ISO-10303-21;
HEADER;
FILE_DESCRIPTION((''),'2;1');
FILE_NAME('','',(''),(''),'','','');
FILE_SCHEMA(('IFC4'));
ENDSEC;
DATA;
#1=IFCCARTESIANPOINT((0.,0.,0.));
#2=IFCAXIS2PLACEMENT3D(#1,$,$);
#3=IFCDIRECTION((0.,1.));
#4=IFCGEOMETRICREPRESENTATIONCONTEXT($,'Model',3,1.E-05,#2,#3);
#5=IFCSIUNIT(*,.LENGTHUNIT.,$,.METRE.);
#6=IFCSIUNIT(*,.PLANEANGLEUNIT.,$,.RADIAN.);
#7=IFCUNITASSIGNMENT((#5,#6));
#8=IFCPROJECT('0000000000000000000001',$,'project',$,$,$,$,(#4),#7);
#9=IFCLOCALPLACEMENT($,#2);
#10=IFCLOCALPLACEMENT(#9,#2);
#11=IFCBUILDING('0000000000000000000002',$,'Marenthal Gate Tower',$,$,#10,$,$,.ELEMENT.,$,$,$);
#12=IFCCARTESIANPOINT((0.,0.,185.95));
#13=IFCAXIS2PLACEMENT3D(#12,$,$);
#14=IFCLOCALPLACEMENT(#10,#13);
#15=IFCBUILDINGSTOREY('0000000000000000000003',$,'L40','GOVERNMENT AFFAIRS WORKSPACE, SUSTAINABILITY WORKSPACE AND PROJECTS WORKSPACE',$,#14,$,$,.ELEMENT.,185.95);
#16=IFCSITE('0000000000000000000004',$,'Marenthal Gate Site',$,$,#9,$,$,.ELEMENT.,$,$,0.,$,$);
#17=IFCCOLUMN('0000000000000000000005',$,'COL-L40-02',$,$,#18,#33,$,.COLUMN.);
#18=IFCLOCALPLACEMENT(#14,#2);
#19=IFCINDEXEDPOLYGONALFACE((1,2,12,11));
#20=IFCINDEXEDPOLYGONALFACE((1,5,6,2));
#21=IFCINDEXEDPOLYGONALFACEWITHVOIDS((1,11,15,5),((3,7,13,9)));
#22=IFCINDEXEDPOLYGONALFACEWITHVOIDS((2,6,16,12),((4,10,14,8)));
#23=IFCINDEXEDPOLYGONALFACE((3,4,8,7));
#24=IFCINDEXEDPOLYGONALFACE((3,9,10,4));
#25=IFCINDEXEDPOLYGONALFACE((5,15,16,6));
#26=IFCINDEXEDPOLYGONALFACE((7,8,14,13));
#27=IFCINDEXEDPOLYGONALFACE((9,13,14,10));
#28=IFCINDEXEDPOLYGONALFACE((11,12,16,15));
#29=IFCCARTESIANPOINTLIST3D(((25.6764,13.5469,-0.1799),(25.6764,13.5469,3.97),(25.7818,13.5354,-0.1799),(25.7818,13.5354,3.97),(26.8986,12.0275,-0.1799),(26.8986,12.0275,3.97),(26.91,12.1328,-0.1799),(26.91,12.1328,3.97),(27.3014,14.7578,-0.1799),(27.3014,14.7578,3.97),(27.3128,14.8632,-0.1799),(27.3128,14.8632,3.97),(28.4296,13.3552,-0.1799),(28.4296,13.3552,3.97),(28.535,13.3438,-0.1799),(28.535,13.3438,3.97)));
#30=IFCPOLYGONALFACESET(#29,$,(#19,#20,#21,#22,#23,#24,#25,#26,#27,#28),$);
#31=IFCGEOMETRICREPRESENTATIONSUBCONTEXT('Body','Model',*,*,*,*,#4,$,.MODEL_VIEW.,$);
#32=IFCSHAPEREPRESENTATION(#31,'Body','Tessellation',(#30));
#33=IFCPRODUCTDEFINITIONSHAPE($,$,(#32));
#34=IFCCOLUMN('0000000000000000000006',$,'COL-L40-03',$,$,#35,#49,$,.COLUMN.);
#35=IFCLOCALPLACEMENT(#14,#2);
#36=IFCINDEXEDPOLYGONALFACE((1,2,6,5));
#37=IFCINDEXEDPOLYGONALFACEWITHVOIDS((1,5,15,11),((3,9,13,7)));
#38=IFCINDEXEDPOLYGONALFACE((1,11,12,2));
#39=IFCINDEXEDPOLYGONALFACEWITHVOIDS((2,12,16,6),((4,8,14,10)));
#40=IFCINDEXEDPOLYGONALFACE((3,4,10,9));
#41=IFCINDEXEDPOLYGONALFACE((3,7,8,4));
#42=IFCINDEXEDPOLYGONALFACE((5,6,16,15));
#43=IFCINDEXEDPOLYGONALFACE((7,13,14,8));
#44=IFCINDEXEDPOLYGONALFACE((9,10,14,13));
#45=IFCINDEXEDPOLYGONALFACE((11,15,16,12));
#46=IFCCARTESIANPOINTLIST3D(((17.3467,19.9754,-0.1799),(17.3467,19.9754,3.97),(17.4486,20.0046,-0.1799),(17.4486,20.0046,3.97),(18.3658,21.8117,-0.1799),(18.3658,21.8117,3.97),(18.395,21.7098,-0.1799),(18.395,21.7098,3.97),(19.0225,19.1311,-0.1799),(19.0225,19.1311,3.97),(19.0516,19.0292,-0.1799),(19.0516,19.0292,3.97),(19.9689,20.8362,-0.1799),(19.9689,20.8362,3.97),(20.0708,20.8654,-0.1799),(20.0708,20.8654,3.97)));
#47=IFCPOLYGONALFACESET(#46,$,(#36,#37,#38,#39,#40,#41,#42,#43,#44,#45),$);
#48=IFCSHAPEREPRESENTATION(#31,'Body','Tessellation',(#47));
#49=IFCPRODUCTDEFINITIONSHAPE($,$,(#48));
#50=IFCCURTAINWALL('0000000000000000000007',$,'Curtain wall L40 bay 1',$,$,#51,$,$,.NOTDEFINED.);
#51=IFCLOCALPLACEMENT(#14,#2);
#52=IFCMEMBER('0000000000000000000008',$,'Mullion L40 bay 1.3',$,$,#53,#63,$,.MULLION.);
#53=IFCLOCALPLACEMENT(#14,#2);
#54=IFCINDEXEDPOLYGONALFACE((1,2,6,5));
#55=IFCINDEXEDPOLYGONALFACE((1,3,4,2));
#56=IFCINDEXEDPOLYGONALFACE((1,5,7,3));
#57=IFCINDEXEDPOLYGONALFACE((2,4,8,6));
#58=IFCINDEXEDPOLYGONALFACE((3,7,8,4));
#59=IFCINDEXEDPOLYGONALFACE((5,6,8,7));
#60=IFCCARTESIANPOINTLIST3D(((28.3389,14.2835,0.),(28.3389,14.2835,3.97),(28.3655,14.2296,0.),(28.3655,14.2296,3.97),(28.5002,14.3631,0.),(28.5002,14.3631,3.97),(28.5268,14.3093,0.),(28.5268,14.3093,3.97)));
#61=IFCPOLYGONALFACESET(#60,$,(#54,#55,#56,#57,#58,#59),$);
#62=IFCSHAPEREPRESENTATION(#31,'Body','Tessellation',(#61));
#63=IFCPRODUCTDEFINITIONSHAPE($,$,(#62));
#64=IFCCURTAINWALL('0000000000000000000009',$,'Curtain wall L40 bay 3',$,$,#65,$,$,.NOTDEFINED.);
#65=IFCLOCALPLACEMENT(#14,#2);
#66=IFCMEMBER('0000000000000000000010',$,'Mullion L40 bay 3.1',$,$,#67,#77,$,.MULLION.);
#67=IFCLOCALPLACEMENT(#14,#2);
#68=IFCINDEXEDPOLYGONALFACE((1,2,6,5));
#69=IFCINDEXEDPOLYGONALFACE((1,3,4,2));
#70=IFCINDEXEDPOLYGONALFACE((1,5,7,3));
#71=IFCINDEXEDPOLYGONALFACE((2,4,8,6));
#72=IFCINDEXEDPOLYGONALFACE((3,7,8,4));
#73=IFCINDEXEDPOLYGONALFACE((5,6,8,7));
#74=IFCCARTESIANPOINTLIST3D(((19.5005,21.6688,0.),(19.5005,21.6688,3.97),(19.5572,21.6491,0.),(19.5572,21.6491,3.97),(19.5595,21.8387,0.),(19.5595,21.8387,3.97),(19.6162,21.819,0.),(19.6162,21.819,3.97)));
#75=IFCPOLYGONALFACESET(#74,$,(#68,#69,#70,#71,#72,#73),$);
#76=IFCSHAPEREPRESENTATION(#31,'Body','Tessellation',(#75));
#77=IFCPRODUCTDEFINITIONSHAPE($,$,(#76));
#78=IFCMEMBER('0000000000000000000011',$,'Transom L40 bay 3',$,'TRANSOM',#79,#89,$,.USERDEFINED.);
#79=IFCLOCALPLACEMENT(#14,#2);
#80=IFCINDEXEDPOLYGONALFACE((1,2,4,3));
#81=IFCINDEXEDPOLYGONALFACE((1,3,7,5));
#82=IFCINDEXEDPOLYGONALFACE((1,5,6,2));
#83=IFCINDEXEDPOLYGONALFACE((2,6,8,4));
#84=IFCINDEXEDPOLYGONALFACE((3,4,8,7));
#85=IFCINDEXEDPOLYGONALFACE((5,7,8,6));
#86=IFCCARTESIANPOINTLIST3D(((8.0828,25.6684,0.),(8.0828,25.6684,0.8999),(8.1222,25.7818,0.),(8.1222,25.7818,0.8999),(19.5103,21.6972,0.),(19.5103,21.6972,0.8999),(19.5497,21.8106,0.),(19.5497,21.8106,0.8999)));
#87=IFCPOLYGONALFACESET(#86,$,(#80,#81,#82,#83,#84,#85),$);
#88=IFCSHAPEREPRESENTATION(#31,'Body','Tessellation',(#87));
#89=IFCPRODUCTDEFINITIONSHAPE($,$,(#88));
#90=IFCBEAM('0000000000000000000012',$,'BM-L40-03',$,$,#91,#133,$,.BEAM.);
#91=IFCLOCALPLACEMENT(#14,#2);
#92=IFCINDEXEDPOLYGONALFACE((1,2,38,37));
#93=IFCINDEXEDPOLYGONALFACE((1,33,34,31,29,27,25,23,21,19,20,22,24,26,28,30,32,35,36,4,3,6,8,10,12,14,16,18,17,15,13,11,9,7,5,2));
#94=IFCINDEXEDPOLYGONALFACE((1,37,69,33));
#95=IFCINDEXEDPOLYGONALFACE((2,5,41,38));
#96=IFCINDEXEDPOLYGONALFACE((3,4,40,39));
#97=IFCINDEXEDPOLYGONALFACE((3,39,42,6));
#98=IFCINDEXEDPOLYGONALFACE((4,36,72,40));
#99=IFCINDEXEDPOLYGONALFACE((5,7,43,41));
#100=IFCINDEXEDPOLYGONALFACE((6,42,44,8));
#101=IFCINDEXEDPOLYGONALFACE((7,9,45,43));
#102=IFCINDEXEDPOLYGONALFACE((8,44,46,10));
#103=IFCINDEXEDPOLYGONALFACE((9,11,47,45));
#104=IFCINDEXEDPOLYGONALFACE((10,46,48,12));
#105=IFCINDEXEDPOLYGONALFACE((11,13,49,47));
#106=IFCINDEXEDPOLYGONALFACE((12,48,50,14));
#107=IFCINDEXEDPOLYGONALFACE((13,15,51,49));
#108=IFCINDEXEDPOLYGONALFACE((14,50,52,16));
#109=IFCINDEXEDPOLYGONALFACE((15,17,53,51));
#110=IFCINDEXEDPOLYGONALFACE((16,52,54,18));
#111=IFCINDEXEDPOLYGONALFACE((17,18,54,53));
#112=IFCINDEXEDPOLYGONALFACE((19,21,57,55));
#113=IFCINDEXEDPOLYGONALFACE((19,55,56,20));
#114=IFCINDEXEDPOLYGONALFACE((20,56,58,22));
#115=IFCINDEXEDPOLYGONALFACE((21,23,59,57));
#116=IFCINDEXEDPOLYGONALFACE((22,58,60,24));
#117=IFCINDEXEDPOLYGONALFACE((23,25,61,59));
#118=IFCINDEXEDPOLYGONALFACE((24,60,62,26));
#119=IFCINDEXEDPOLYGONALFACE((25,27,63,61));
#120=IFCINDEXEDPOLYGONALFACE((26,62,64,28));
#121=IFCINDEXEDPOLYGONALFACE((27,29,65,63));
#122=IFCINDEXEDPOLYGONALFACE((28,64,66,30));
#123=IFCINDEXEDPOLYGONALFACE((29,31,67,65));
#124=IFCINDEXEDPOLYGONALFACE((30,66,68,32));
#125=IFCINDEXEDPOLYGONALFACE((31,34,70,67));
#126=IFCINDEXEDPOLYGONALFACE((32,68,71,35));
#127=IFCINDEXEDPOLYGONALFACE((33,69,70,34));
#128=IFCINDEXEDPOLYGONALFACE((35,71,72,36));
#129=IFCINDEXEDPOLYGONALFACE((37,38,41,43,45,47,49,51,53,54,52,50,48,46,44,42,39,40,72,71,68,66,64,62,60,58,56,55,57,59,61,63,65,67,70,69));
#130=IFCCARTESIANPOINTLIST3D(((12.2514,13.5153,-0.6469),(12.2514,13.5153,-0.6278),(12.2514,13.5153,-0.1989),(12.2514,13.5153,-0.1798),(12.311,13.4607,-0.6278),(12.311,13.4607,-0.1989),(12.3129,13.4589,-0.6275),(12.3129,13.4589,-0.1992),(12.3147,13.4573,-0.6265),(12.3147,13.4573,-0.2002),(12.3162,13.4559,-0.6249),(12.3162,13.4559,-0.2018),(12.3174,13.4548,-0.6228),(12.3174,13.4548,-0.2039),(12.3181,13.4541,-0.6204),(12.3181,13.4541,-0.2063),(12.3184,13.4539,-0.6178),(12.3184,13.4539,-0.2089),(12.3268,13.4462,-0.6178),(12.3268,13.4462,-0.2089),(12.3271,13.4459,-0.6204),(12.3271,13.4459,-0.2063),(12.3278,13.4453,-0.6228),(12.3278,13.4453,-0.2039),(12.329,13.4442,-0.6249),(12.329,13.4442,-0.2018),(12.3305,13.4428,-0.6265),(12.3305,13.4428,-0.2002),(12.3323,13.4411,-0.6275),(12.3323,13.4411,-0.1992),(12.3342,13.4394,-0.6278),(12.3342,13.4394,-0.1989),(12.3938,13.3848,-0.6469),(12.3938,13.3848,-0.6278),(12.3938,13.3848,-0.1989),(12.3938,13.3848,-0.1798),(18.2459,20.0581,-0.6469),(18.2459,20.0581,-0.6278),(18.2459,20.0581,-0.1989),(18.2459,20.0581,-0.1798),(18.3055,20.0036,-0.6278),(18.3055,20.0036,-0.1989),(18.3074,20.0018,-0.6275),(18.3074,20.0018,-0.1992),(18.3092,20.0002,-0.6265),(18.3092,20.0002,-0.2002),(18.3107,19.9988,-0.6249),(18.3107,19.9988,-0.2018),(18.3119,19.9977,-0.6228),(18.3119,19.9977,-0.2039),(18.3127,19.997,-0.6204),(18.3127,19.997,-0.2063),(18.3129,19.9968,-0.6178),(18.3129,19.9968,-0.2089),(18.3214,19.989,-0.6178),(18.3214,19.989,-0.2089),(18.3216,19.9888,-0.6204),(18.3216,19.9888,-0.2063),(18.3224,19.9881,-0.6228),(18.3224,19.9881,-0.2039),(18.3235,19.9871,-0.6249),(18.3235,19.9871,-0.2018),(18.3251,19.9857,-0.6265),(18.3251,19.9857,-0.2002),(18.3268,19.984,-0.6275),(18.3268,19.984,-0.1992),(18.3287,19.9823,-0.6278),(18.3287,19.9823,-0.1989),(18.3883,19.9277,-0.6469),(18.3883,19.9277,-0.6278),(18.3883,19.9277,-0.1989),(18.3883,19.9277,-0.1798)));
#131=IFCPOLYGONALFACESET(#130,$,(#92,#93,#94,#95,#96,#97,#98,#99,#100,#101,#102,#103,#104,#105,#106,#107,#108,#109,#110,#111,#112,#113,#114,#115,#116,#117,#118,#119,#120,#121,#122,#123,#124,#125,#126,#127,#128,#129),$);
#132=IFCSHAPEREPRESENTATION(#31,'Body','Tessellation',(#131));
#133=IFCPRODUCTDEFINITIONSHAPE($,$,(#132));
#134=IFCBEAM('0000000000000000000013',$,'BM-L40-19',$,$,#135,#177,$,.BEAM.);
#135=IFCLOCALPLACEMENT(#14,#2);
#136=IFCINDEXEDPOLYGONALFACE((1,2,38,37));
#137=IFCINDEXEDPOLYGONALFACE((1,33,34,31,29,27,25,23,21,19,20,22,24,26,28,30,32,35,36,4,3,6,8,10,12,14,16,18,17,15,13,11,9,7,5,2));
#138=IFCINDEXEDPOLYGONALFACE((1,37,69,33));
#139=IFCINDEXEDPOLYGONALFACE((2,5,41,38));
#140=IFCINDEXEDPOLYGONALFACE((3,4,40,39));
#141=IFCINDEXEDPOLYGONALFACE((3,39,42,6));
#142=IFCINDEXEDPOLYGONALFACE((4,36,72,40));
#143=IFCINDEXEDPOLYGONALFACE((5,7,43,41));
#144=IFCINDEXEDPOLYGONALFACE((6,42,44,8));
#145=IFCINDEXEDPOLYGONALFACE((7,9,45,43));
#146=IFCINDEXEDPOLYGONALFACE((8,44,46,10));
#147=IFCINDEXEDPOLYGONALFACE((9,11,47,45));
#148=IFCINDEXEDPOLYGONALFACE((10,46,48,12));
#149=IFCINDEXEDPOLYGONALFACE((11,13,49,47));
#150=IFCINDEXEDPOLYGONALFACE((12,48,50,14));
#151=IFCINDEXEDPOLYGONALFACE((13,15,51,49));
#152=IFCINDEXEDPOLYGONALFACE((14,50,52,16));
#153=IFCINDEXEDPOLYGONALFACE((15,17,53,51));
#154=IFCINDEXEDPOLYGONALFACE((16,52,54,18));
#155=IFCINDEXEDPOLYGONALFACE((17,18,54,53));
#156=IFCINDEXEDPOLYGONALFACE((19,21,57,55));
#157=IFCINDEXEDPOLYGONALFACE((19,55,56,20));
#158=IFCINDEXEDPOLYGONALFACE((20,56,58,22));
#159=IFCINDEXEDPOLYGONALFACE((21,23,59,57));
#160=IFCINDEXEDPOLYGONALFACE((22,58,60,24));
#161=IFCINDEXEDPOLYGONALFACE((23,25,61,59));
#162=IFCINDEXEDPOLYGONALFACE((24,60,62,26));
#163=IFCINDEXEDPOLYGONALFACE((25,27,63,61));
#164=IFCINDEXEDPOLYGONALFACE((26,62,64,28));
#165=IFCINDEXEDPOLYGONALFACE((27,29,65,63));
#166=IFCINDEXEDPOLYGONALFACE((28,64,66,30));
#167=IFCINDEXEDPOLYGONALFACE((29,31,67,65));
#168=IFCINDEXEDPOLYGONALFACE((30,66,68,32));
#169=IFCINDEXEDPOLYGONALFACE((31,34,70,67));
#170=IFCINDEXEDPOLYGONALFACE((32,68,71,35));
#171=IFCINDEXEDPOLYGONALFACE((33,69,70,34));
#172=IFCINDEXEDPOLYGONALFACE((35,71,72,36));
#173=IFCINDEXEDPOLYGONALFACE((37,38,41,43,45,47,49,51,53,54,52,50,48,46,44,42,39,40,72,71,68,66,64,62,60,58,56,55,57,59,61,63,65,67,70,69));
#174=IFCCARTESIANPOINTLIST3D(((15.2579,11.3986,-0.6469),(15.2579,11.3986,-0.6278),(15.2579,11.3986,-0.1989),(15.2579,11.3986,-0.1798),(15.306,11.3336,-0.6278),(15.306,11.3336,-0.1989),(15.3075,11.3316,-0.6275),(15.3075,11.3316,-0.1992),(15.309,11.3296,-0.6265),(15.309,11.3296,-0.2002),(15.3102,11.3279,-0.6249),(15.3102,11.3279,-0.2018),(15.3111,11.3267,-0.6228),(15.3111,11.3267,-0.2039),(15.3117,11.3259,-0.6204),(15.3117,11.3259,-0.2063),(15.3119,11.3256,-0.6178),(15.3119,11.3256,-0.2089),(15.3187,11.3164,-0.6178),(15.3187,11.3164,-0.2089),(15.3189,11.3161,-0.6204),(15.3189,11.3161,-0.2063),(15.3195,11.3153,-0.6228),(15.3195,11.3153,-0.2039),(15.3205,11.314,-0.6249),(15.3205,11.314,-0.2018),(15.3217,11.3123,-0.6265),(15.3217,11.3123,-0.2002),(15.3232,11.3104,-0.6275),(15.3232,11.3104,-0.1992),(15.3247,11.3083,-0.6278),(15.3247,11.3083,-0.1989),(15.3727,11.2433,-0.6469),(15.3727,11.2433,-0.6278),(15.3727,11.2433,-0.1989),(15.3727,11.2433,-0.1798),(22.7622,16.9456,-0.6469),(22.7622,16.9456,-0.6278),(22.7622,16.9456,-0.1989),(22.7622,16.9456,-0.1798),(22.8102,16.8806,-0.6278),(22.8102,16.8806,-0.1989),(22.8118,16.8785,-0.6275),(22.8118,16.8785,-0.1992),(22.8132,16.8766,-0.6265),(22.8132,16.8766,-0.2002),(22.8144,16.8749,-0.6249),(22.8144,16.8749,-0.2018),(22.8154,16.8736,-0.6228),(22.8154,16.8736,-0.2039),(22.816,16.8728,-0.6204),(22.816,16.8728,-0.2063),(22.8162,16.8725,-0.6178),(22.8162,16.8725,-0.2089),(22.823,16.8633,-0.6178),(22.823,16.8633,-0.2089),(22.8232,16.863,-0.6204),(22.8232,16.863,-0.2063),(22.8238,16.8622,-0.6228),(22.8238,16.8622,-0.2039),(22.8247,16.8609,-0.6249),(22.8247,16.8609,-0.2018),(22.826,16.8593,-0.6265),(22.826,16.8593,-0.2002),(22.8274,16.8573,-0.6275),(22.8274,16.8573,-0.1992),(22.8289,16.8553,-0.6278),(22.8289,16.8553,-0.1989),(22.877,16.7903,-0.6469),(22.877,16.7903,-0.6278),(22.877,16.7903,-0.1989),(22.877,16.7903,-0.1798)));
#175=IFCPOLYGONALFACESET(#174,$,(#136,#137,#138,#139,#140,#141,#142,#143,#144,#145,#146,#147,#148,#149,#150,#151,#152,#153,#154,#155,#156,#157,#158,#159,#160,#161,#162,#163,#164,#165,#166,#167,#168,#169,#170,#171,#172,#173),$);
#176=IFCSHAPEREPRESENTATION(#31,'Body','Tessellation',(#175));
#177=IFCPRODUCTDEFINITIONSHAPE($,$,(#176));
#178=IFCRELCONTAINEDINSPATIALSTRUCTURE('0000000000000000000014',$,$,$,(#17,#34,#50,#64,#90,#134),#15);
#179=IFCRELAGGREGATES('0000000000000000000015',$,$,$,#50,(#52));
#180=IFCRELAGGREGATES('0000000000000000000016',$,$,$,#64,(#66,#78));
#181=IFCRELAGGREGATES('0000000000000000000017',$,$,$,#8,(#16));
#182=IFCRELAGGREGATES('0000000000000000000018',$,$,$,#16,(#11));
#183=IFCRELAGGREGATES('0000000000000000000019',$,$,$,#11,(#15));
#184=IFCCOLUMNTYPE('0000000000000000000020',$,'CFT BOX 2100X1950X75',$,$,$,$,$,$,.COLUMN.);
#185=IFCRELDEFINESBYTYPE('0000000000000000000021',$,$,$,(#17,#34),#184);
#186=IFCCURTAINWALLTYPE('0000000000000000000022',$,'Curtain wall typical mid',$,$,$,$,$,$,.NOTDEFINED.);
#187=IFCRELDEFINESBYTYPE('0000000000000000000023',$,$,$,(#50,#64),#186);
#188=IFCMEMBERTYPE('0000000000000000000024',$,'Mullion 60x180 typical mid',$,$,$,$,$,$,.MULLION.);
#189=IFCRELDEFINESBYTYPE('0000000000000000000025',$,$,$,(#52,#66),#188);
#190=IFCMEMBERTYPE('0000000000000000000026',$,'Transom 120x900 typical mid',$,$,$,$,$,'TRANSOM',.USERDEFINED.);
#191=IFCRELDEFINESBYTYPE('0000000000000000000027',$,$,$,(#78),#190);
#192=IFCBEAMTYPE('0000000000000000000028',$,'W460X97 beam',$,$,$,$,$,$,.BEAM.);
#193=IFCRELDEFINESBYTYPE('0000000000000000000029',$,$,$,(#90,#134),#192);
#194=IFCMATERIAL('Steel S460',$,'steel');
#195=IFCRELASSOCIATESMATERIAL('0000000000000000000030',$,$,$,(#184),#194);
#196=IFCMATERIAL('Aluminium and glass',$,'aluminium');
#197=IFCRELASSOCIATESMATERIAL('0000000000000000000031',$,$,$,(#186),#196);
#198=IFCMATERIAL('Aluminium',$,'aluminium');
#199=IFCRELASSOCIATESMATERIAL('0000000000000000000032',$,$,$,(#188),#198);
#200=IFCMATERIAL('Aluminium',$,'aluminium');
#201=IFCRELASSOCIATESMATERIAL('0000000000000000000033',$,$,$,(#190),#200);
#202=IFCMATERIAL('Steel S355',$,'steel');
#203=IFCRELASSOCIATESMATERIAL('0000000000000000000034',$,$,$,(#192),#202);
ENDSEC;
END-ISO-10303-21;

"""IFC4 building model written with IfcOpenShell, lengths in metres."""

from ifc_helpers import new_model, si_unit, direction, frame, origin, origin_2d, place, context, subcontext, project, spatial, rectangle, hollow_rectangle, i_section, extrude, material, material_profile, profile_set, type_object, element, aggregate, save


model = new_model("IFC4")

# Units and contexts
model_context = context("Model", 3, precision=1e-05, world=origin(), true_north=direction((0.0, 1.0)))
body_context = subcontext(model_context, "Body", "Model", "MODEL_VIEW")
ifc_project = project(units=[si_unit("LENGTHUNIT", "METRE"), si_unit("PLANEANGLEUNIT", "RADIAN")], contexts=[model_context])

# Site, building, storey
site_placement = place(None, origin())
site = spatial("IfcSite", under=ifc_project, at=site_placement, Name="Marenthal Gate Site", CompositionType="ELEMENT", RefElevation=0.0)
building_placement = place(site_placement, origin())
building = spatial("IfcBuilding", under=site, at=building_placement, Name="Marenthal Gate Tower", CompositionType="ELEMENT")
storey_placement = place(building_placement, frame((0.0, 0.0, 185.95)))
storey = spatial("IfcBuildingStorey", under=building, at=storey_placement, Name="L40", Description="GOVERNMENT AFFAIRS WORKSPACE, SUSTAINABILITY WORKSPACE AND PROJECTS WORKSPACE", CompositionType="ELEMENT", Elevation=185.95)

# Columns
ifc_material_1 = material(Name="Steel S460", Category="steel")
ifc_material_profile_1 = material_profile(ifc_material_1, hollow_rectangle(XDim=1.95, YDim=2.1001, WallThickness=0.075, at=origin_2d()), Name="CFT BOX 2100X1950X75")
ifc_material_2 = material(Name="Concrete 70 MPa", Category="concrete")
ifc_material_profile_2 = material_profile(ifc_material_2, rectangle(XDim=1.8, YDim=1.95, at=origin_2d()), Name="CFT BOX 2100X1950X75 INFILL")
ifc_profile_set_1 = profile_set([ifc_material_profile_1, ifc_material_profile_2], Name="Steel S460 shell, Concrete 70 MPa infill")
column_type = type_object("IfcColumnType", Name="CFT BOX 2100X1950X75", PredefinedType="COLUMN", material=ifc_profile_set_1)
for number, where, z_axis, x_axis, name in (
    (1, (27.1057, 13.4453, -0.1799), (0.0, 0.0, 1.0), (0.626783, -0.779194, 0.0), "COL-L40-02"),
    (2, (18.7087, 20.4204, -0.1799), (0.0, 0.0, 1.0), (0.874354, -0.485289, 0.0), "COL-L40-03"),
):
    element("IfcColumn", number, at=place(storey_placement, frame(where, z_axis=z_axis, x_axis=x_axis)), inside=storey, type_object=column_type, Name=name, PredefinedType="COLUMN", context=body_context, shape_type="SweptSolid", body=[
        extrude(hollow_rectangle(XDim=1.95, YDim=2.1001, WallThickness=0.075, at=origin_2d()), origin(), (0.0, 0.0, 1.0), 4.1499),
    ])

# Curtain wall, member
ifc_material_3 = material(Name="Aluminium and glass", Category="aluminium")
curtain_wall_type = type_object("IfcCurtainWallType", Name="Curtain wall typical mid", PredefinedType="NOTDEFINED", material=ifc_material_3)
curtain_wall_1_placement = place(storey_placement, origin())
curtain_wall_1 = element("IfcCurtainWall", 3, at=curtain_wall_1_placement, inside=storey, type_object=curtain_wall_type, Name="Curtain wall L40 bay 1", PredefinedType="NOTDEFINED")
ifc_material_4 = material(Name="Aluminium", Category="aluminium")
ifc_material_profile_3 = material_profile(ifc_material_4, rectangle(XDim=0.1799, YDim=0.0601, at=origin_2d()), Name="60x180 aluminium mullion")
ifc_profile_set_2 = profile_set([ifc_material_profile_3], Name="Aluminium")
member_type_1 = type_object("IfcMemberType", Name="Mullion 60x180 typical mid", PredefinedType="MULLION", material=ifc_profile_set_2)
member_1_placement = place(storey_placement, frame((28.4329, 14.2964, 0.0), z_axis=(0.0, 0.0, 1.0), x_axis=(-0.896681, -0.442678, 0.0)))
member_1 = element("IfcMember", 4, at=member_1_placement, type_object=member_type_1, Name="Mullion L40 bay 1.3", PredefinedType="MULLION", context=body_context, shape_type="SweptSolid", body=[
    extrude(rectangle(XDim=0.1799, YDim=0.0601, at=origin_2d()), origin(), (0.0, 0.0, 1.0), 3.97),
])
aggregate(curtain_wall_1, [member_1])

# Curtain wall, members
curtain_wall_2_placement = place(storey_placement, origin())
curtain_wall_2 = element("IfcCurtainWall", 5, at=curtain_wall_2_placement, inside=storey, type_object=curtain_wall_type, Name="Curtain wall L40 bay 3", PredefinedType="NOTDEFINED")
member_2_placement = place(storey_placement, frame((19.5583, 21.7439, 0.0), z_axis=(0.0, 0.0, 1.0), x_axis=(-0.328273, -0.944583, 0.0)))
member_2 = element("IfcMember", 6, at=member_2_placement, type_object=member_type_1, Name="Mullion L40 bay 3.1", PredefinedType="MULLION", context=body_context, shape_type="SweptSolid", body=[
    extrude(rectangle(XDim=0.1799, YDim=0.0601, at=origin_2d()), origin(), (0.0, 0.0, 1.0), 3.97),
])
ifc_material_5 = material(Name="Aluminium", Category="aluminium")
ifc_material_profile_4 = material_profile(ifc_material_5, rectangle(XDim=0.1201, YDim=0.8999, at=origin_2d()), Name="120x900 aluminium transom")
ifc_profile_set_3 = profile_set([ifc_material_profile_4], Name="Aluminium")
member_type_2 = type_object("IfcMemberType", Name="Transom 120x900 typical mid", ElementType="TRANSOM", PredefinedType="USERDEFINED", material=ifc_profile_set_3)
member_3_placement = place(storey_placement, frame((19.53, 21.7539, 0.45), z_axis=(-0.944589, 0.328256, 0.0), x_axis=(-0.328256, -0.944589, 0.0)))
member_3 = element("IfcMember", 7, at=member_3_placement, type_object=member_type_2, Name="Transom L40 bay 3", ObjectType="TRANSOM", PredefinedType="USERDEFINED", context=body_context, shape_type="SweptSolid", body=[
    extrude(rectangle(XDim=0.1201, YDim=0.8999, at=origin_2d()), origin(), (0.0, 0.0, 1.0), 12.0979),
])

# Beams
ifc_material_6 = material(Name="Steel S355", Category="steel")
ifc_material_profile_5 = material_profile(ifc_material_6, i_section(OverallWidth=0.1931, OverallDepth=0.467, WebThickness=0.0115, FlangeThickness=0.019, FilletRadius=0.01, at=origin_2d()), Name="W460X97")
ifc_profile_set_4 = profile_set([ifc_material_profile_5], Name="Steel S355")
beam_type_1 = type_object("IfcBeamType", Name="W460X97 beam", PredefinedType="BEAM", material=ifc_profile_set_4)
beam_1_placement = place(storey_placement, frame((18.3171, 19.9929, -0.4133), z_axis=(-0.675535, -0.737328, 0.0), x_axis=(0.737328, -0.675535, 0.0)))
element("IfcBeam", 8, at=beam_1_placement, inside=storey, type_object=beam_type_1, Name="BM-L40-03", PredefinedType="BEAM", context=body_context, shape_type="SweptSolid", body=[
    extrude(i_section(OverallWidth=0.1931, OverallDepth=0.467, WebThickness=0.0115, FlangeThickness=0.019, FilletRadius=0.01, at=origin_2d()), origin(), (0.0, 0.0, 1.0), 8.8738),
])
beam_2_placement = place(storey_placement, frame((22.8196, 16.8679, -0.4133), z_axis=(-0.804159, -0.594414, 0.0), x_axis=(0.594414, -0.804159, 0.0)))
element("IfcBeam", 9, at=beam_2_placement, inside=storey, type_object=beam_type_1, Name="BM-L40-19", PredefinedType="BEAM", context=body_context, shape_type="SweptSolid", body=[
    extrude(i_section(OverallWidth=0.1931, OverallDepth=0.467, WebThickness=0.0115, FlangeThickness=0.019, FilletRadius=0.01, at=origin_2d()), origin(), (0.0, 0.0, 1.0), 9.3318),
])

aggregate(curtain_wall_2, [member_2, member_3])

save(model, "model.ifc")
